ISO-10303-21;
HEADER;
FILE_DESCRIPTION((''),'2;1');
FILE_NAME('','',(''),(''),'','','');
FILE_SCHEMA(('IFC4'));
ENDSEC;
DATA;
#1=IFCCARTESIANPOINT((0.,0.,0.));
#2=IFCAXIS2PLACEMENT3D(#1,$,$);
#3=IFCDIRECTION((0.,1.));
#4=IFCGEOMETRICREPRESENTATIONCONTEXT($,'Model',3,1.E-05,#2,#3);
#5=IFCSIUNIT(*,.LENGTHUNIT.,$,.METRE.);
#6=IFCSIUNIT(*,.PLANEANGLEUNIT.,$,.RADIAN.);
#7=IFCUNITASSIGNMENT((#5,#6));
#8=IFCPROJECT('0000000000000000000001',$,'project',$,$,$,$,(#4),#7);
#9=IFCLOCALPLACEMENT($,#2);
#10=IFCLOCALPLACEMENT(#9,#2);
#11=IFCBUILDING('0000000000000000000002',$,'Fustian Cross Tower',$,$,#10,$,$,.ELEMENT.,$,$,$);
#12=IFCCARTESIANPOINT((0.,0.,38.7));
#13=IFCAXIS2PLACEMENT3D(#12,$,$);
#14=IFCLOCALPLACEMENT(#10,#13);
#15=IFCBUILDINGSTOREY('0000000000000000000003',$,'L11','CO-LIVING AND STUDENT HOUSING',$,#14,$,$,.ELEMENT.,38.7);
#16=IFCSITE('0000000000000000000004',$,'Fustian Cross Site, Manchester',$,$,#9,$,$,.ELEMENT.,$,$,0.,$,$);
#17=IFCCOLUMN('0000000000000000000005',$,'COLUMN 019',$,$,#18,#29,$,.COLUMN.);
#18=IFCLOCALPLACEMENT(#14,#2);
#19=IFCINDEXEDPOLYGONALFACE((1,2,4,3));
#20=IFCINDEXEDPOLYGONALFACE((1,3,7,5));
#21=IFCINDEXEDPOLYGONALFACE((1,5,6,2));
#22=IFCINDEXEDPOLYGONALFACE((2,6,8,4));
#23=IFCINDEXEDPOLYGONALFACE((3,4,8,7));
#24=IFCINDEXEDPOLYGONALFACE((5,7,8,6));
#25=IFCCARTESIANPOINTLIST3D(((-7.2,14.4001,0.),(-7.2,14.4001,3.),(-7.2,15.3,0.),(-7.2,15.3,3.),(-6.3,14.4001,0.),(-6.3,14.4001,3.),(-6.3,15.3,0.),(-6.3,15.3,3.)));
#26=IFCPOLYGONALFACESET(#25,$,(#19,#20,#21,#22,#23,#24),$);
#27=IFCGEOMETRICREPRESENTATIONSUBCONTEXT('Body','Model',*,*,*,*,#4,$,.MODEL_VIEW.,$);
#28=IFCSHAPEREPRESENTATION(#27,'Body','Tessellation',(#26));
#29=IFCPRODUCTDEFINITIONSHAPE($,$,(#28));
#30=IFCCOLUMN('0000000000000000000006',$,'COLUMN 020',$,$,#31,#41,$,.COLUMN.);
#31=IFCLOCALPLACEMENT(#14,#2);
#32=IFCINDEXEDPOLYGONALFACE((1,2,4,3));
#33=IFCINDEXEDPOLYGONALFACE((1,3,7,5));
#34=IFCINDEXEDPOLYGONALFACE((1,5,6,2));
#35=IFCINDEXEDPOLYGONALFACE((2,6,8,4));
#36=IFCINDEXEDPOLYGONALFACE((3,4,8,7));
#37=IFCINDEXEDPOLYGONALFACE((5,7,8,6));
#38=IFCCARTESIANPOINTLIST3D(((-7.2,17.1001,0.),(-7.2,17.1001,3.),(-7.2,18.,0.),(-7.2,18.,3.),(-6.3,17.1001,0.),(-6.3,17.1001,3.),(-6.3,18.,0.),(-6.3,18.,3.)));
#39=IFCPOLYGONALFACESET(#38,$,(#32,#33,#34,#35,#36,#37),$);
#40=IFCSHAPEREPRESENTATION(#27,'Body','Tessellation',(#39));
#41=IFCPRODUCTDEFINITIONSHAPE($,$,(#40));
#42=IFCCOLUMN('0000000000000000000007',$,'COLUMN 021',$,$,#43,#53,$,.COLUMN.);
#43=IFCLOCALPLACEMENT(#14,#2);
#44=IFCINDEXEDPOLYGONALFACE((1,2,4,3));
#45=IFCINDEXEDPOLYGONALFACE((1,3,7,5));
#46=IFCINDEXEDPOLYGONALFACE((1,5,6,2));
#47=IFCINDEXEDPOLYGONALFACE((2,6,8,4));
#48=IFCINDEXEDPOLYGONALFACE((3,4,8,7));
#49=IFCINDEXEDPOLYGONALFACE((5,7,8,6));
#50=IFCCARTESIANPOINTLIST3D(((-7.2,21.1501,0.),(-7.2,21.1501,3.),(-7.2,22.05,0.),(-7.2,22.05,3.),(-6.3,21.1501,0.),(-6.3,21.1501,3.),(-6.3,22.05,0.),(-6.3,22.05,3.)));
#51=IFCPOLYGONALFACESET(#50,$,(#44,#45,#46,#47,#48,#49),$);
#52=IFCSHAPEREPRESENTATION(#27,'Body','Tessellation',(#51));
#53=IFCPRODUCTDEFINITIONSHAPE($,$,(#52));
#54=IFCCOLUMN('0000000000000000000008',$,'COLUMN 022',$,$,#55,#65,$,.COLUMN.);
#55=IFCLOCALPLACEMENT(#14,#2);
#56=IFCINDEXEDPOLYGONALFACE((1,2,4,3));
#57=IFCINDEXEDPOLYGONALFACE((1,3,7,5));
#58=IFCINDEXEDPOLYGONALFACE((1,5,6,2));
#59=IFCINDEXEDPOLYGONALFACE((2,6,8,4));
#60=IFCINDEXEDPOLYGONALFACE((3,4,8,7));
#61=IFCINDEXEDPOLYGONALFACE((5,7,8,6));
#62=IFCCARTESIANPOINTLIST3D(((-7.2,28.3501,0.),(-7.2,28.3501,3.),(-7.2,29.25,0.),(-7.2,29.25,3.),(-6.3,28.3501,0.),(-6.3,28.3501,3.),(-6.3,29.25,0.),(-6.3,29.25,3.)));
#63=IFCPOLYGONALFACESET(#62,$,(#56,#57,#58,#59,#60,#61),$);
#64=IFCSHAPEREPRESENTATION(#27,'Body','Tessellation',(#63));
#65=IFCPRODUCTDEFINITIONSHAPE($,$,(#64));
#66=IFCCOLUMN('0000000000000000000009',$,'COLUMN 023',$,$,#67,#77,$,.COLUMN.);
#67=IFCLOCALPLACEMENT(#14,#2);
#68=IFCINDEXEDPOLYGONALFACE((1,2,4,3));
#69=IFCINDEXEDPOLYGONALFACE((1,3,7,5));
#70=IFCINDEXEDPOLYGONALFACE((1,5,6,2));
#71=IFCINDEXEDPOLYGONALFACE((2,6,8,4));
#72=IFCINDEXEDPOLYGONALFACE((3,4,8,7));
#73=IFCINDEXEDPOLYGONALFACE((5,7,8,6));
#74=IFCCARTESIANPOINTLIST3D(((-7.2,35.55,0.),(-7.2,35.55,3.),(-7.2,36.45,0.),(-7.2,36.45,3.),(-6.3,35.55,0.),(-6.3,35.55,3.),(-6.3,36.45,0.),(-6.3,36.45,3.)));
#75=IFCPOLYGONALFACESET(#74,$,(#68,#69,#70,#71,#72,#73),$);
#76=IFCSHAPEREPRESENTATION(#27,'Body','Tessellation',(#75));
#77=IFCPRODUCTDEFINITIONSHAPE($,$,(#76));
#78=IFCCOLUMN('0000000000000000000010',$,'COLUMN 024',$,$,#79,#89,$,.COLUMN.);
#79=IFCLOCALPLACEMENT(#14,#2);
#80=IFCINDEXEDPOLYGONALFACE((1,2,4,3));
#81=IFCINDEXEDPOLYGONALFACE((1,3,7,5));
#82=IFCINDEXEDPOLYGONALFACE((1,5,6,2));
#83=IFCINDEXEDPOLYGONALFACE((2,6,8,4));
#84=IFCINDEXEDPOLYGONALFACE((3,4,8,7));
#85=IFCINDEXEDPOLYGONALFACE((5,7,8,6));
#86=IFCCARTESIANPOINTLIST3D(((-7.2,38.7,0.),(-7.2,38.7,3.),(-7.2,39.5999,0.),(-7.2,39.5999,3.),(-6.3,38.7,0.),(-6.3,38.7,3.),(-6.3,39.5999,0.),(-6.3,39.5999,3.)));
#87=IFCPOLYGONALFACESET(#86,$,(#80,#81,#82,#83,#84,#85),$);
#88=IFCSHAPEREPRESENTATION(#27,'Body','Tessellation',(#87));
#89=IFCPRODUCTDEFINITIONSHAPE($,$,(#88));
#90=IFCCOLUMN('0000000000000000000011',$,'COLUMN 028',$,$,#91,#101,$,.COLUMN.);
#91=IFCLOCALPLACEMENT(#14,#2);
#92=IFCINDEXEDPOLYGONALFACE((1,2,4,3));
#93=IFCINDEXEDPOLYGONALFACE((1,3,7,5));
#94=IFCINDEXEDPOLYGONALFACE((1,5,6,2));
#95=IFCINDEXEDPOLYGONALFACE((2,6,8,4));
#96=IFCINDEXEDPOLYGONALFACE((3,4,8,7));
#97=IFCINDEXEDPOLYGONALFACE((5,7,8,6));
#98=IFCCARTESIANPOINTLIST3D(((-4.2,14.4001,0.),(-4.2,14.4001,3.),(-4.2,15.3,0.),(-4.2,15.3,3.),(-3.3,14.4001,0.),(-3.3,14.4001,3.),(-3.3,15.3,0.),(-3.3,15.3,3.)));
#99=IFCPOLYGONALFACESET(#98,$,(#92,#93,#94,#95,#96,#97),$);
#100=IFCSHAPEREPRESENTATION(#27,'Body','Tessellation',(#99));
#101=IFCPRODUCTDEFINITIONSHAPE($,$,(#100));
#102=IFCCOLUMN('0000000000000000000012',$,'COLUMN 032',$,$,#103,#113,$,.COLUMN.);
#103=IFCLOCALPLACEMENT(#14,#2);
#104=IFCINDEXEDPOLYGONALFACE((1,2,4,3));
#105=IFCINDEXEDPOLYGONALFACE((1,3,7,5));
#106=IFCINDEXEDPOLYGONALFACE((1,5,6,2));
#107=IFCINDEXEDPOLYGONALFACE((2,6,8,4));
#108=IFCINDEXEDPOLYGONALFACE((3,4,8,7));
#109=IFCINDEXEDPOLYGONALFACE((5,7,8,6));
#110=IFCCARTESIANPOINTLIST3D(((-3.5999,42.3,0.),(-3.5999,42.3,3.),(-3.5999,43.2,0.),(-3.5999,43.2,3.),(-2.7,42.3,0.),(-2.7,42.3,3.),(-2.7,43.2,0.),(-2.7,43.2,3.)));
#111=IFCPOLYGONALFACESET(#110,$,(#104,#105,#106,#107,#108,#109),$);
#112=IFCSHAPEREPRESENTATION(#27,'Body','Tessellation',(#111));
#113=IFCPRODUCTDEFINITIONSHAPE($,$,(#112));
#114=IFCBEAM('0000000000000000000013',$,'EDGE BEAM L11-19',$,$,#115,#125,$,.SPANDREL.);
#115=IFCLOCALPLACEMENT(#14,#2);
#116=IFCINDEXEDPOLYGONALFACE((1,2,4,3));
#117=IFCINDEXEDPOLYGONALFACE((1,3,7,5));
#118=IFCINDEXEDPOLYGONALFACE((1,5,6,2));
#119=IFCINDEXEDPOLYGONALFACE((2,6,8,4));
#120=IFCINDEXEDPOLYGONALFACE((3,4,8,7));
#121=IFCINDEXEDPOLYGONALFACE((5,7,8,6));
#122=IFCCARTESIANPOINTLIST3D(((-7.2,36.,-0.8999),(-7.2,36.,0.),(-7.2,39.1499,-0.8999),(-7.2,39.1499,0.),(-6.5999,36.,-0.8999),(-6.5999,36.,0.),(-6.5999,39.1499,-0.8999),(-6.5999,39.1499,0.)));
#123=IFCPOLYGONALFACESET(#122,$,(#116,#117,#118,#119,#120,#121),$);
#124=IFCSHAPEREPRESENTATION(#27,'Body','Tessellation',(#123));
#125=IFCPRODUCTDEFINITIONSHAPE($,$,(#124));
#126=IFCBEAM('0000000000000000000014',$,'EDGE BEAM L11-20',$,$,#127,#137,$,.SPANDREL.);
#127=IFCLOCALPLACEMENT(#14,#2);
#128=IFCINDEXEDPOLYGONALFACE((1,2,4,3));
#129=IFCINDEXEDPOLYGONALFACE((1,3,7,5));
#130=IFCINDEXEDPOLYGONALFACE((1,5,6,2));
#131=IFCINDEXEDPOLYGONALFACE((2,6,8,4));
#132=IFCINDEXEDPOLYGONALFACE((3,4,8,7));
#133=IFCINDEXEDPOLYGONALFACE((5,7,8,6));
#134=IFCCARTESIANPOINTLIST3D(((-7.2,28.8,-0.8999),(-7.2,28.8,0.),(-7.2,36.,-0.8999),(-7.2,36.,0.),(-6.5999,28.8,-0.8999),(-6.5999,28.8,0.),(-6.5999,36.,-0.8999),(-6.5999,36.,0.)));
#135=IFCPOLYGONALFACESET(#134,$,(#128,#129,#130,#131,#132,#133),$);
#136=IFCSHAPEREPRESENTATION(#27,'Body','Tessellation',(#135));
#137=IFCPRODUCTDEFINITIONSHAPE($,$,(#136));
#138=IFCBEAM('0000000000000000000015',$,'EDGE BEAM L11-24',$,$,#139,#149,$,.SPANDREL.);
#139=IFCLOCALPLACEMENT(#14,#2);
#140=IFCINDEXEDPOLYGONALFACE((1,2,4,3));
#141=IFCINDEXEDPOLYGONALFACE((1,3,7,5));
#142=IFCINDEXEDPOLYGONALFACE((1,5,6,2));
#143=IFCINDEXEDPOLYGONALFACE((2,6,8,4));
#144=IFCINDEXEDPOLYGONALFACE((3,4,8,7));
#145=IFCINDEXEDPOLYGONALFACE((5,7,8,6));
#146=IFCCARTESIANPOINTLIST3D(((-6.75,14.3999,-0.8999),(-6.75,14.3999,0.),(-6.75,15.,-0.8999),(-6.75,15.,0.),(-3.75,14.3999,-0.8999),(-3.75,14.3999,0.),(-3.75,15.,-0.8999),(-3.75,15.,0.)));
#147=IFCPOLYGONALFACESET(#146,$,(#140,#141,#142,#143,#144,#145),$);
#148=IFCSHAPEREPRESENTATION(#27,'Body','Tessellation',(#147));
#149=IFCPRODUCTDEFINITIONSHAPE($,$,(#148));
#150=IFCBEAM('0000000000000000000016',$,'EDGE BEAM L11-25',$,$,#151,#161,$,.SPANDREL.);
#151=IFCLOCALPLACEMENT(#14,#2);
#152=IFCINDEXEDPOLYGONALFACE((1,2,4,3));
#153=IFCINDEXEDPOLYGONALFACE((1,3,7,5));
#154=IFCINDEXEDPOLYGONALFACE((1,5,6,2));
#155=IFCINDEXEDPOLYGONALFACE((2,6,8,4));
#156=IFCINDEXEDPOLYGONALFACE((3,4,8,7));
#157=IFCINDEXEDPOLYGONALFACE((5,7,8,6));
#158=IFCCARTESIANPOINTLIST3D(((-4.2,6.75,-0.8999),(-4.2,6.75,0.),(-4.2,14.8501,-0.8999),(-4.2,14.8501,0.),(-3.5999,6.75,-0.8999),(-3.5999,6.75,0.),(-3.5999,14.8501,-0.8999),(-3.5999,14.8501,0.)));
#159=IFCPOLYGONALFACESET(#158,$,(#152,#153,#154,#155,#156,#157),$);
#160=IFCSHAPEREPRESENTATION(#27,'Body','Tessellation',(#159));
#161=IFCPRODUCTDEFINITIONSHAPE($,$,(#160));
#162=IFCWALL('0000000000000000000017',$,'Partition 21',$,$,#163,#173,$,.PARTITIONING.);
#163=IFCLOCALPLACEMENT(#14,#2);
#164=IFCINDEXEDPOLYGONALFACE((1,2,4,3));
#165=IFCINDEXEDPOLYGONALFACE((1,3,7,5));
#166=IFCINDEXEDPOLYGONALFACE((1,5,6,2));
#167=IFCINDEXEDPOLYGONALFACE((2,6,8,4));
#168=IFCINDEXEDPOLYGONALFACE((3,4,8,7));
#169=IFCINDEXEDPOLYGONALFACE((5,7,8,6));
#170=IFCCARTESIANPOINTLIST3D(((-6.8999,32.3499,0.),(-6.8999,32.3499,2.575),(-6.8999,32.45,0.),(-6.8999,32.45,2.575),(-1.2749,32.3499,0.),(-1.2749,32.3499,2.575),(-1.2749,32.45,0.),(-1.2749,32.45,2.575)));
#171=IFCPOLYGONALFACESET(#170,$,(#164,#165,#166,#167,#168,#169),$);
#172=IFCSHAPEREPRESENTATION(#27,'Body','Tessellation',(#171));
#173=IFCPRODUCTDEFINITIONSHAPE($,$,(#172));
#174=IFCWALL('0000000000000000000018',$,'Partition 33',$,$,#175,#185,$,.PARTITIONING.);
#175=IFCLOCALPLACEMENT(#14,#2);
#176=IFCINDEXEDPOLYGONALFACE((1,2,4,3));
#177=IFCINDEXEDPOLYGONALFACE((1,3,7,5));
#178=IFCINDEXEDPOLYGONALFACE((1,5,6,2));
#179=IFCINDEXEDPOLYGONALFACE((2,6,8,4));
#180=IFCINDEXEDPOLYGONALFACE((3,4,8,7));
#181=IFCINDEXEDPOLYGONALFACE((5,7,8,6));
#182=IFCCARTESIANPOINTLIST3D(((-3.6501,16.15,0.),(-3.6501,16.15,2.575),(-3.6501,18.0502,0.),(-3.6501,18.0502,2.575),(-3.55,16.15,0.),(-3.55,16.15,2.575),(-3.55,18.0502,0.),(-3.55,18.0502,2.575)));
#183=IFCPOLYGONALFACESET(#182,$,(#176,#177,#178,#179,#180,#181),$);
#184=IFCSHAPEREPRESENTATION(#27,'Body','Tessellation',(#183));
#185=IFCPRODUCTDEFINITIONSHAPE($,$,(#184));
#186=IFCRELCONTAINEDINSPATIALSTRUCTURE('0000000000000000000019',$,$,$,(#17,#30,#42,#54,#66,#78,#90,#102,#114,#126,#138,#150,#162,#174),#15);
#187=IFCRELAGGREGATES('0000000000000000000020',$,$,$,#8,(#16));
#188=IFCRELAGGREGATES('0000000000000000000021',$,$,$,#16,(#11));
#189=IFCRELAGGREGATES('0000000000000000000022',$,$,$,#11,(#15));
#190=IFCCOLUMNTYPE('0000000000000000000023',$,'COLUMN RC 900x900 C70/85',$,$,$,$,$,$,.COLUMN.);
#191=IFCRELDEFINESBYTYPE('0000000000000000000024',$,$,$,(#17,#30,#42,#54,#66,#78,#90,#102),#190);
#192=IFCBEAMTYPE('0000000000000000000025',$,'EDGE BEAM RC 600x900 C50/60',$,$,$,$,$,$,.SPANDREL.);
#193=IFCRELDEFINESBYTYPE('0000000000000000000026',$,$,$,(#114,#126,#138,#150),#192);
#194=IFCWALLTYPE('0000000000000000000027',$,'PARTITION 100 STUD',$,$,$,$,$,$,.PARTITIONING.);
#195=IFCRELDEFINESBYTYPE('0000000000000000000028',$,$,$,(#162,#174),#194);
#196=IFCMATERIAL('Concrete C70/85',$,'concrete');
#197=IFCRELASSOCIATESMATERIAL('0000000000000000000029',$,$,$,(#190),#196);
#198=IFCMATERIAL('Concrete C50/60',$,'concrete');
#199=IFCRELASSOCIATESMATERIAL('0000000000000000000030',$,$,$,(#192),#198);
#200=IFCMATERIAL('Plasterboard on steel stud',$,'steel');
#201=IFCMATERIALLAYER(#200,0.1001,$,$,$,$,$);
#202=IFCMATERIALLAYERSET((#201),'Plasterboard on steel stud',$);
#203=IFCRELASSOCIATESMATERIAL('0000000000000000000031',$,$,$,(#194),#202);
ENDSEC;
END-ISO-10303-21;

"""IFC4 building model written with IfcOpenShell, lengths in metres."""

from ifc_helpers import new_model, si_unit, direction, frame, frame_2d, origin, origin_2d, place, context, subcontext, project, spatial, rectangle, extrude, material, layer, layer_set, material_profile, profile_set, type_object, element, save


model = new_model("IFC4")

# Units and contexts
model_context = context("Model", 3, precision=1e-05, world=origin(), true_north=direction((0.0, 1.0)))
body_context = subcontext(model_context, "Body", "Model", "MODEL_VIEW")
ifc_project = project(units=[si_unit("LENGTHUNIT", "METRE"), si_unit("PLANEANGLEUNIT", "RADIAN")], contexts=[model_context])

# Site, building, storey
site_placement = place(None, origin())
site = spatial("IfcSite", under=ifc_project, at=site_placement, Name="Fustian Cross Site, Manchester", CompositionType="ELEMENT", RefElevation=0.0)
building_placement = place(site_placement, origin())
building = spatial("IfcBuilding", under=site, at=building_placement, Name="Fustian Cross Tower", CompositionType="ELEMENT")
storey_placement = place(building_placement, frame((0.0, 0.0, 38.7)))
storey = spatial("IfcBuildingStorey", under=building, at=storey_placement, Name="L11", Description="CO-LIVING AND STUDENT HOUSING", CompositionType="ELEMENT", Elevation=38.7)

# Columns
ifc_material_1 = material(Name="Concrete C70/85", Category="concrete")
ifc_material_profile_1 = material_profile(ifc_material_1, rectangle(XDim=0.8999, YDim=0.8999, at=origin_2d()), Name="RC 900x900")
ifc_profile_set_1 = profile_set([ifc_material_profile_1], Name="Concrete C70/85")
column_type = type_object("IfcColumnType", Name="COLUMN RC 900x900 C70/85", PredefinedType="COLUMN", material=ifc_profile_set_1)
for number, where, z_axis, x_axis, name in (
    (1, (-6.75, 14.8501, 0.0), (0.0, 0.0, 1.0), (1.0, 0.0, 0.0), "COLUMN 019"),
    (2, (-6.75, 17.55, 0.0), (0.0, 0.0, 1.0), (1.0, 0.0, 0.0), "COLUMN 020"),
    (3, (-6.75, 21.6001, 0.0), (0.0, 0.0, 1.0), (1.0, 0.0, 0.0), "COLUMN 021"),
    (4, (-6.75, 28.8, 0.0), (0.0, 0.0, 1.0), (1.0, 0.0, 0.0), "COLUMN 022"),
    (5, (-6.75, 36.0, 0.0), (0.0, 0.0, 1.0), (1.0, 0.0, 0.0), "COLUMN 023"),
    (6, (-6.75, 39.1499, 0.0), (0.0, 0.0, 1.0), (1.0, 0.0, 0.0), "COLUMN 024"),
    (7, (-3.75, 14.8501, 0.0), (0.0, 0.0, 1.0), (1.0, 0.0, 0.0), "COLUMN 028"),
    (8, (-3.1499, 42.75, 0.0), (0.0, 0.0, 1.0), (1.0, 0.0, 0.0), "COLUMN 032"),
):
    element("IfcColumn", number, at=place(storey_placement, frame(where, z_axis=z_axis, x_axis=x_axis)), inside=storey, type_object=column_type, Name=name, PredefinedType="COLUMN", context=body_context, shape_type="SweptSolid", body=[
        extrude(rectangle(XDim=0.8999, YDim=0.8999, at=origin_2d()), origin(), (0.0, 0.0, 1.0), 3.0),
    ])

# Beams
ifc_material_2 = material(Name="Concrete C50/60", Category="concrete")
ifc_material_profile_2 = material_profile(ifc_material_2, rectangle(XDim=0.6001, YDim=0.8999, at=origin_2d()), Name="RC 600x900")
ifc_profile_set_2 = profile_set([ifc_material_profile_2], Name="Concrete C50/60")
beam_type = type_object("IfcBeamType", Name="EDGE BEAM RC 600x900 C50/60", PredefinedType="SPANDREL", material=ifc_profile_set_2)
beam_1_placement = place(storey_placement, frame((-6.8999, 39.1499, -0.45), z_axis=(0.0, -1.0, 0.0), x_axis=(1.0, 0.0, 0.0)))
element("IfcBeam", 9, at=beam_1_placement, inside=storey, type_object=beam_type, Name="EDGE BEAM L11-19", PredefinedType="SPANDREL", context=body_context, shape_type="SweptSolid", body=[
    extrude(rectangle(XDim=0.6001, YDim=0.8999, at=origin_2d()), origin(), (0.0, 0.0, 1.0), 3.1499),
])
beam_2_placement = place(storey_placement, frame((-6.8999, 36.0, -0.45), z_axis=(0.0, -1.0, 0.0), x_axis=(1.0, 0.0, 0.0)))
element("IfcBeam", 10, at=beam_2_placement, inside=storey, type_object=beam_type, Name="EDGE BEAM L11-20", PredefinedType="SPANDREL", context=body_context, shape_type="SweptSolid", body=[
    extrude(rectangle(XDim=0.6001, YDim=0.8999, at=origin_2d()), origin(), (0.0, 0.0, 1.0), 7.2),
])
beam_3_placement = place(storey_placement, frame((-6.75, 14.7, -0.45), z_axis=(1.0, 0.0, 0.0), x_axis=(0.0, 1.0, 0.0)))
element("IfcBeam", 11, at=beam_3_placement, inside=storey, type_object=beam_type, Name="EDGE BEAM L11-24", PredefinedType="SPANDREL", context=body_context, shape_type="SweptSolid", body=[
    extrude(rectangle(XDim=0.6001, YDim=0.8999, at=origin_2d()), origin(), (0.0, 0.0, 1.0), 3.0),
])
beam_4_placement = place(storey_placement, frame((-3.8999, 14.8501, -0.45), z_axis=(0.0, -1.0, 0.0), x_axis=(1.0, 0.0, 0.0)))
element("IfcBeam", 12, at=beam_4_placement, inside=storey, type_object=beam_type, Name="EDGE BEAM L11-25", PredefinedType="SPANDREL", context=body_context, shape_type="SweptSolid", body=[
    extrude(rectangle(XDim=0.6001, YDim=0.8999, at=origin_2d()), origin(), (0.0, 0.0, 1.0), 8.1001),
])

# Walls
ifc_material_3 = material(Name="Plasterboard on steel stud", Category="steel")
ifc_layer_1 = layer(ifc_material_3, 0.1001)
ifc_layer_set_1 = layer_set([ifc_layer_1], Name="Plasterboard on steel stud")
wall_type_1 = type_object("IfcWallType", Name="PARTITION 100 STUD", PredefinedType="PARTITIONING", material=ifc_layer_set_1)
wall_1_placement = place(storey_placement, frame((-6.8999, 32.3999, 0.0), z_axis=(0.0, 0.0, 1.0), x_axis=(1.0, 0.0, 0.0)))
element("IfcWall", 13, at=wall_1_placement, inside=storey, type_object=wall_type_1, Name="Partition 21", PredefinedType="PARTITIONING", context=body_context, shape_type="SweptSolid", body=[
    extrude(rectangle(XDim=5.625, YDim=0.1001, at=frame_2d((2.8125, 0.0))), origin(), (0.0, 0.0, 1.0), 2.575),
])
wall_2_placement = place(storey_placement, frame((-3.6001, 16.1499, 0.0), z_axis=(0.0, 0.0, 1.0), x_axis=(0.0, 1.0, 0.0)))
element("IfcWall", 14, at=wall_2_placement, inside=storey, type_object=wall_type_1, Name="Partition 33", PredefinedType="PARTITIONING", context=body_context, shape_type="SweptSolid", body=[
    extrude(rectangle(XDim=1.9001, YDim=0.1001, at=frame_2d((0.9502, 0.0))), origin(), (0.0, 0.0, 1.0), 2.575),
])

save(model, "model.ifc")
